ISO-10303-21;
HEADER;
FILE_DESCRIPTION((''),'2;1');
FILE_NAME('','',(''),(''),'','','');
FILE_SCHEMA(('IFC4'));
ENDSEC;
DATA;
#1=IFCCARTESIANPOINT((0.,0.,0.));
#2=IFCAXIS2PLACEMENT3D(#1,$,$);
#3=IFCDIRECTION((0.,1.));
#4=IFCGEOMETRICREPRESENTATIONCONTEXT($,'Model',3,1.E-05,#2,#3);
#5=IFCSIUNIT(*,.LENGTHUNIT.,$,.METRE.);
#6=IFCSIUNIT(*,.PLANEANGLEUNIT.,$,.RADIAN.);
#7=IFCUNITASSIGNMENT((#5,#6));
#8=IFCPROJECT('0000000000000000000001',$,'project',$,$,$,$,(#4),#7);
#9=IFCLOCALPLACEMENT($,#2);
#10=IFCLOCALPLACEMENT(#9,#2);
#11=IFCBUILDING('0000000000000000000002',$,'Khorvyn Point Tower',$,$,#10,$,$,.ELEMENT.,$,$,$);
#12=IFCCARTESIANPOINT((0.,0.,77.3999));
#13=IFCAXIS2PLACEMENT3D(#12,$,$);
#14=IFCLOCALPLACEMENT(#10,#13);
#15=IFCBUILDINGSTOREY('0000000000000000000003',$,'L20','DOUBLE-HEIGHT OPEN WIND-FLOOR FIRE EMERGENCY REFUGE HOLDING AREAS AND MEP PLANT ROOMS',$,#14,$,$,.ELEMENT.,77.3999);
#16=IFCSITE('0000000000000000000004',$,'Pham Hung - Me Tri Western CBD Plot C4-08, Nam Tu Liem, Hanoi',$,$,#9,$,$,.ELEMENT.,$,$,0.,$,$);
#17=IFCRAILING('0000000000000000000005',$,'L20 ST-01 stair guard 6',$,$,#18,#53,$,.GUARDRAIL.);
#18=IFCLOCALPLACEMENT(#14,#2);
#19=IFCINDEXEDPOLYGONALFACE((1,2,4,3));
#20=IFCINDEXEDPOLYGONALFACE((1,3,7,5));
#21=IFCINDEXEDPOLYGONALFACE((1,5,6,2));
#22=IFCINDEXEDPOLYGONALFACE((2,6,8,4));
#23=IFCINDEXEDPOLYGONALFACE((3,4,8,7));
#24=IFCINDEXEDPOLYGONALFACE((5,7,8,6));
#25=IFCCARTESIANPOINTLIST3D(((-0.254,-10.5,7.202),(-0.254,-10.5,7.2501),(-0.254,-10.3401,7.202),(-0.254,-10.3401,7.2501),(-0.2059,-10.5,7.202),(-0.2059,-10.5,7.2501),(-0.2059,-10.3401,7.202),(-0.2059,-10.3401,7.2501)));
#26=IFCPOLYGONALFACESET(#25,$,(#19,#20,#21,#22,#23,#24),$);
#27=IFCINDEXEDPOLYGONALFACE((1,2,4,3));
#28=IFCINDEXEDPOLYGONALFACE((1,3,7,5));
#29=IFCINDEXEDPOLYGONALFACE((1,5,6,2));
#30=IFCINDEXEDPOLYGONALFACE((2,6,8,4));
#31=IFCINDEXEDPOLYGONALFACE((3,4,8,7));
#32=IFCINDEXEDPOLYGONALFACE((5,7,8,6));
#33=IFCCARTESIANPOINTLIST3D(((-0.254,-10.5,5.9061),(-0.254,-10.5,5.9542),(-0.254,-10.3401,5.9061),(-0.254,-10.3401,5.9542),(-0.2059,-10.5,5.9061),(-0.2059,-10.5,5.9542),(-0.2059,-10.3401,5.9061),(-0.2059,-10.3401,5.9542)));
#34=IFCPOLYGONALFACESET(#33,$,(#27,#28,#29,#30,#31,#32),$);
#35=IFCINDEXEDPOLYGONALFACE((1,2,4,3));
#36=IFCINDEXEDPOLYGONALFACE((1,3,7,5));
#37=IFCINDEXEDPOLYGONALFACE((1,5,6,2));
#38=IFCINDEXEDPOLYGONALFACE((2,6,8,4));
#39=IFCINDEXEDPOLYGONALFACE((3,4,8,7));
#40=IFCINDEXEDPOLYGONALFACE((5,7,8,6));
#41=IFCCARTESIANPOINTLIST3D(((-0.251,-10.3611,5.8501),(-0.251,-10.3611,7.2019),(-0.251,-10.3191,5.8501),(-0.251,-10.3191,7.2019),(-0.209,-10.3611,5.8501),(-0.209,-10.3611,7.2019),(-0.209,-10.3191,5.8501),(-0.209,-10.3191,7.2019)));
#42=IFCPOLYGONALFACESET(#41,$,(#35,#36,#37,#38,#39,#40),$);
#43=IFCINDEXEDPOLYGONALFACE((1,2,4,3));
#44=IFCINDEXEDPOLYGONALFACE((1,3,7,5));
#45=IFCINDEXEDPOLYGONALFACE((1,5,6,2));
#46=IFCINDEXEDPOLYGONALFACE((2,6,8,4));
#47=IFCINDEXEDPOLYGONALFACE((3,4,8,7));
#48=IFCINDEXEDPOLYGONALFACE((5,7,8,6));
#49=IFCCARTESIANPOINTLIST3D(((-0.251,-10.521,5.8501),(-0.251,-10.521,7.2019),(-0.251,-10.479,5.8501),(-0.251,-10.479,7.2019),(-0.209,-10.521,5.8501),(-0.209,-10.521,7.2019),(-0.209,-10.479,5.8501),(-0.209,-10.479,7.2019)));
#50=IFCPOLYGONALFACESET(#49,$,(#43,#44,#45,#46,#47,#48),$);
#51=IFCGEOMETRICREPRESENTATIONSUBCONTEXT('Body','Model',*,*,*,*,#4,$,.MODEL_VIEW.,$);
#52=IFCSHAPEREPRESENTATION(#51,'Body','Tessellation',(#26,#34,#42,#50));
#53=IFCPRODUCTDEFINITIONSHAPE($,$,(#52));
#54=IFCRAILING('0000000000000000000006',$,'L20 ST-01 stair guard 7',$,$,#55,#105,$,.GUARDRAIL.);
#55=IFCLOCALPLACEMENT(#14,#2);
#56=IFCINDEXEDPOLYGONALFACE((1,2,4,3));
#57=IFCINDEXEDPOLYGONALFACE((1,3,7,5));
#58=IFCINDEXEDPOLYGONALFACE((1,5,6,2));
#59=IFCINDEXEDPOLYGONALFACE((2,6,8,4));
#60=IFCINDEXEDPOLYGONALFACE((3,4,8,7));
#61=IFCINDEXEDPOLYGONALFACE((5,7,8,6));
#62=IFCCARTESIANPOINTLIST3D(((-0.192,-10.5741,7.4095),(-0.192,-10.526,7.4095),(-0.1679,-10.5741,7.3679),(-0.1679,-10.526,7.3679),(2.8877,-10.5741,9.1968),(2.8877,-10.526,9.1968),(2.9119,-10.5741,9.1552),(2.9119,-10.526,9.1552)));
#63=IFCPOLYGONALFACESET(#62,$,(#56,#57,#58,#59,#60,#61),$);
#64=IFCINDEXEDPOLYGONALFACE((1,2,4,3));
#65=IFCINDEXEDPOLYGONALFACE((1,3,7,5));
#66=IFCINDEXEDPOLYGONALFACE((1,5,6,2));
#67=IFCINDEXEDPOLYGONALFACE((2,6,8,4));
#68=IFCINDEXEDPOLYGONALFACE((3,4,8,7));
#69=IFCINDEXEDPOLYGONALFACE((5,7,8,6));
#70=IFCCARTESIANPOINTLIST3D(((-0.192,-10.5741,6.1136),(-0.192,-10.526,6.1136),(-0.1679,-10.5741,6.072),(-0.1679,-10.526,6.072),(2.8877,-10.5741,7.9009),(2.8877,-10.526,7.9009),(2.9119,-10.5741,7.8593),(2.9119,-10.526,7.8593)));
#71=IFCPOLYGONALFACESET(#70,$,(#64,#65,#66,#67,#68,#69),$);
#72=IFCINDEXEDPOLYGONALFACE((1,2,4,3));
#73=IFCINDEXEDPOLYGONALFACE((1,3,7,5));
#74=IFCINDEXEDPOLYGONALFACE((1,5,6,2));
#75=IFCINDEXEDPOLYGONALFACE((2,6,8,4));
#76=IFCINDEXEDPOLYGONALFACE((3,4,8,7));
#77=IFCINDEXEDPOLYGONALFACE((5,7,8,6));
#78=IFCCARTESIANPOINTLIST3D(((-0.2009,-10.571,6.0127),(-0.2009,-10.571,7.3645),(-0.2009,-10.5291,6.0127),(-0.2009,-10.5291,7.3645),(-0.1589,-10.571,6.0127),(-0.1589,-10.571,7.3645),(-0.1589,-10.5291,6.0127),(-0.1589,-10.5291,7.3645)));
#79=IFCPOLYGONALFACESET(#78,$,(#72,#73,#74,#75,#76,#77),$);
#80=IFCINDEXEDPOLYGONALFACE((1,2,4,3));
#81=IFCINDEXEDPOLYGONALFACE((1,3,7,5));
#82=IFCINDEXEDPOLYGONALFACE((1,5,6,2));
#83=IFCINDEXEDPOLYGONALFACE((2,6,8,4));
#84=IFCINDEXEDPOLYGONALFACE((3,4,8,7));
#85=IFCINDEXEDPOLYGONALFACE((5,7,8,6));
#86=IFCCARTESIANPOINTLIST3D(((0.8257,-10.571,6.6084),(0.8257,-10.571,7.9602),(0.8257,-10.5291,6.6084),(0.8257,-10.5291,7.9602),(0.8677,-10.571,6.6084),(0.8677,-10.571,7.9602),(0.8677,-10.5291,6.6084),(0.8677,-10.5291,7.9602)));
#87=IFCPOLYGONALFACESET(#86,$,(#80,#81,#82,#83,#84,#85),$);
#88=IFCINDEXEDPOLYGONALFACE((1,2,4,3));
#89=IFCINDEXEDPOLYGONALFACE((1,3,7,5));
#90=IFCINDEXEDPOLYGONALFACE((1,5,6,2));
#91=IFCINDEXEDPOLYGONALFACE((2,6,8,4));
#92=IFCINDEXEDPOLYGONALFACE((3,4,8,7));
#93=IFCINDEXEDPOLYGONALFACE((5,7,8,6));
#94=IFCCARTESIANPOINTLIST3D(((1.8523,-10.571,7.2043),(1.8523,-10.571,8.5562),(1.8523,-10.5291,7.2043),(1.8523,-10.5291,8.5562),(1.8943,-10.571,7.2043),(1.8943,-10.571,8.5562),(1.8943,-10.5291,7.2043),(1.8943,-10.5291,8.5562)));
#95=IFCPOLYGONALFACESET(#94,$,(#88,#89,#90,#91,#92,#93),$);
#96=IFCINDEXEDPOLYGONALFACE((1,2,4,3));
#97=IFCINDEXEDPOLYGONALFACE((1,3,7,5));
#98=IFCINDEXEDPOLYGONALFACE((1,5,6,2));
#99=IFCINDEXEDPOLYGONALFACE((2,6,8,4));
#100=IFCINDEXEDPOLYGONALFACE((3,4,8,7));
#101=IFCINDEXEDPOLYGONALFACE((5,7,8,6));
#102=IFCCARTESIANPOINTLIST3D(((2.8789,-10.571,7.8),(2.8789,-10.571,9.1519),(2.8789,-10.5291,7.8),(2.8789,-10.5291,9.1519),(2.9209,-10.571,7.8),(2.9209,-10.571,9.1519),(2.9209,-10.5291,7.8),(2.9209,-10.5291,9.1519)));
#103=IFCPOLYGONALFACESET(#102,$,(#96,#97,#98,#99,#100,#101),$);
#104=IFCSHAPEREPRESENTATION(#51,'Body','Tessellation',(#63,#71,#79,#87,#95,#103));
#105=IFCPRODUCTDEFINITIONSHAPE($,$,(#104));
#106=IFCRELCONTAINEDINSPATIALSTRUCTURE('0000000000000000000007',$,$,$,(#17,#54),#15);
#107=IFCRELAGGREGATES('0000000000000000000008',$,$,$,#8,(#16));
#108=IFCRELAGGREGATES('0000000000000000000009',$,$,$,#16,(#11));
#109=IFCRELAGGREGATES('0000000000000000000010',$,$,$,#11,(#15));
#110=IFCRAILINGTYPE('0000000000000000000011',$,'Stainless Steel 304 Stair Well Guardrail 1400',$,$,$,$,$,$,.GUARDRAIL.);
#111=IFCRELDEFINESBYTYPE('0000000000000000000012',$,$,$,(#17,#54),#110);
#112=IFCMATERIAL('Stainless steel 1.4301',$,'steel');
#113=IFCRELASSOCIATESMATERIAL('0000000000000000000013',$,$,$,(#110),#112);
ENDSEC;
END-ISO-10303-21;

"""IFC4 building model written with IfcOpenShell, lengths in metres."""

from ifc_helpers import new_model, si_unit, direction, frame, origin, origin_2d, place, context, subcontext, project, spatial, rectangle, extrude, material, type_object, element, save


model = new_model("IFC4")

# Units and contexts
model_context = context("Model", 3, precision=1e-05, world=origin(), true_north=direction((0.0, 1.0)))
body_context = subcontext(model_context, "Body", "Model", "MODEL_VIEW")
ifc_project = project(units=[si_unit("LENGTHUNIT", "METRE"), si_unit("PLANEANGLEUNIT", "RADIAN")], contexts=[model_context])

# Site, building, storey
site_placement = place(None, origin())
site = spatial("IfcSite", under=ifc_project, at=site_placement, Name="Pham Hung - Me Tri Western CBD Plot C4-08, Nam Tu Liem, Hanoi", CompositionType="ELEMENT", RefElevation=0.0)
building_placement = place(site_placement, origin())
building = spatial("IfcBuilding", under=site, at=building_placement, Name="Khorvyn Point Tower", CompositionType="ELEMENT")
storey_placement = place(building_placement, frame((0.0, 0.0, 77.3999)))
storey = spatial("IfcBuildingStorey", under=building, at=storey_placement, Name="L20", Description="DOUBLE-HEIGHT OPEN WIND-FLOOR FIRE EMERGENCY REFUGE HOLDING AREAS AND MEP PLANT ROOMS", CompositionType="ELEMENT", Elevation=77.3999)

# Railings
ifc_material_1 = material(Name="Stainless steel 1.4301", Category="steel")
railing_type_1 = type_object("IfcRailingType", Name="Stainless Steel 304 Stair Well Guardrail 1400", PredefinedType="GUARDRAIL", material=ifc_material_1)
railing_1_placement = place(storey_placement, frame((-0.23, -10.3401, 5.8501)))
element("IfcRailing", 1, at=railing_1_placement, inside=storey, type_object=railing_type_1, Name="L20 ST-01 stair guard 6", PredefinedType="GUARDRAIL", context=body_context, shape_type="SweptSolid", body=[
    extrude(rectangle(XDim=0.0481, YDim=0.0481, at=origin_2d()), frame((0.0, 0.0, 1.376), z_axis=(0.0, -1.0, 0.0), x_axis=(1.0, 0.0, 0.0)), (0.0, 0.0, 1.0), 0.1599),
    extrude(rectangle(XDim=0.0481, YDim=0.0481, at=origin_2d()), frame((0.0, 0.0, 0.0801), z_axis=(0.0, -1.0, 0.0), x_axis=(1.0, 0.0, 0.0)), (0.0, 0.0, 1.0), 0.1599),
    extrude(rectangle(XDim=0.042, YDim=0.042, at=origin_2d()), origin(), (0.0, 0.0, 1.0), 1.3518),
    extrude(rectangle(XDim=0.042, YDim=0.042, at=origin_2d()), frame((0.0, -0.1599, 0.0)), (0.0, 0.0, 1.0), 1.3518),
])
railing_2_placement = place(storey_placement, frame((-0.1799, -10.55, 6.0127)))
element("IfcRailing", 2, at=railing_2_placement, inside=storey, type_object=railing_type_1, Name="L20 ST-01 stair guard 7", PredefinedType="GUARDRAIL", context=body_context, shape_type="SweptSolid", body=[
    extrude(rectangle(XDim=0.0481, YDim=0.0481, at=origin_2d()), frame((0.0, 0.0, 1.376), z_axis=(0.864903, 0.0, 0.501939), x_axis=(0.0, 1.0, 0.0)), (0.0, 0.0, 1.0), 3.5608),
    extrude(rectangle(XDim=0.0481, YDim=0.0481, at=origin_2d()), frame((0.0, 0.0, 0.0801), z_axis=(0.864903, 0.0, 0.501939), x_axis=(0.0, 1.0, 0.0)), (0.0, 0.0, 1.0), 3.5608),
    extrude(rectangle(XDim=0.042, YDim=0.042, at=origin_2d()), origin(), (0.0, 0.0, 1.0), 1.3518),
    extrude(rectangle(XDim=0.042, YDim=0.042, at=origin_2d()), frame((1.0266, 0.0, 0.5957)), (0.0, 0.0, 1.0), 1.3518),
    extrude(rectangle(XDim=0.042, YDim=0.042, at=origin_2d()), frame((2.0532, 0.0, 1.1917)), (0.0, 0.0, 1.0), 1.3518),
    extrude(rectangle(XDim=0.042, YDim=0.042, at=origin_2d()), frame((3.0798, 0.0, 1.7874)), (0.0, 0.0, 1.0), 1.3518),
])

save(model, "model.ifc")
